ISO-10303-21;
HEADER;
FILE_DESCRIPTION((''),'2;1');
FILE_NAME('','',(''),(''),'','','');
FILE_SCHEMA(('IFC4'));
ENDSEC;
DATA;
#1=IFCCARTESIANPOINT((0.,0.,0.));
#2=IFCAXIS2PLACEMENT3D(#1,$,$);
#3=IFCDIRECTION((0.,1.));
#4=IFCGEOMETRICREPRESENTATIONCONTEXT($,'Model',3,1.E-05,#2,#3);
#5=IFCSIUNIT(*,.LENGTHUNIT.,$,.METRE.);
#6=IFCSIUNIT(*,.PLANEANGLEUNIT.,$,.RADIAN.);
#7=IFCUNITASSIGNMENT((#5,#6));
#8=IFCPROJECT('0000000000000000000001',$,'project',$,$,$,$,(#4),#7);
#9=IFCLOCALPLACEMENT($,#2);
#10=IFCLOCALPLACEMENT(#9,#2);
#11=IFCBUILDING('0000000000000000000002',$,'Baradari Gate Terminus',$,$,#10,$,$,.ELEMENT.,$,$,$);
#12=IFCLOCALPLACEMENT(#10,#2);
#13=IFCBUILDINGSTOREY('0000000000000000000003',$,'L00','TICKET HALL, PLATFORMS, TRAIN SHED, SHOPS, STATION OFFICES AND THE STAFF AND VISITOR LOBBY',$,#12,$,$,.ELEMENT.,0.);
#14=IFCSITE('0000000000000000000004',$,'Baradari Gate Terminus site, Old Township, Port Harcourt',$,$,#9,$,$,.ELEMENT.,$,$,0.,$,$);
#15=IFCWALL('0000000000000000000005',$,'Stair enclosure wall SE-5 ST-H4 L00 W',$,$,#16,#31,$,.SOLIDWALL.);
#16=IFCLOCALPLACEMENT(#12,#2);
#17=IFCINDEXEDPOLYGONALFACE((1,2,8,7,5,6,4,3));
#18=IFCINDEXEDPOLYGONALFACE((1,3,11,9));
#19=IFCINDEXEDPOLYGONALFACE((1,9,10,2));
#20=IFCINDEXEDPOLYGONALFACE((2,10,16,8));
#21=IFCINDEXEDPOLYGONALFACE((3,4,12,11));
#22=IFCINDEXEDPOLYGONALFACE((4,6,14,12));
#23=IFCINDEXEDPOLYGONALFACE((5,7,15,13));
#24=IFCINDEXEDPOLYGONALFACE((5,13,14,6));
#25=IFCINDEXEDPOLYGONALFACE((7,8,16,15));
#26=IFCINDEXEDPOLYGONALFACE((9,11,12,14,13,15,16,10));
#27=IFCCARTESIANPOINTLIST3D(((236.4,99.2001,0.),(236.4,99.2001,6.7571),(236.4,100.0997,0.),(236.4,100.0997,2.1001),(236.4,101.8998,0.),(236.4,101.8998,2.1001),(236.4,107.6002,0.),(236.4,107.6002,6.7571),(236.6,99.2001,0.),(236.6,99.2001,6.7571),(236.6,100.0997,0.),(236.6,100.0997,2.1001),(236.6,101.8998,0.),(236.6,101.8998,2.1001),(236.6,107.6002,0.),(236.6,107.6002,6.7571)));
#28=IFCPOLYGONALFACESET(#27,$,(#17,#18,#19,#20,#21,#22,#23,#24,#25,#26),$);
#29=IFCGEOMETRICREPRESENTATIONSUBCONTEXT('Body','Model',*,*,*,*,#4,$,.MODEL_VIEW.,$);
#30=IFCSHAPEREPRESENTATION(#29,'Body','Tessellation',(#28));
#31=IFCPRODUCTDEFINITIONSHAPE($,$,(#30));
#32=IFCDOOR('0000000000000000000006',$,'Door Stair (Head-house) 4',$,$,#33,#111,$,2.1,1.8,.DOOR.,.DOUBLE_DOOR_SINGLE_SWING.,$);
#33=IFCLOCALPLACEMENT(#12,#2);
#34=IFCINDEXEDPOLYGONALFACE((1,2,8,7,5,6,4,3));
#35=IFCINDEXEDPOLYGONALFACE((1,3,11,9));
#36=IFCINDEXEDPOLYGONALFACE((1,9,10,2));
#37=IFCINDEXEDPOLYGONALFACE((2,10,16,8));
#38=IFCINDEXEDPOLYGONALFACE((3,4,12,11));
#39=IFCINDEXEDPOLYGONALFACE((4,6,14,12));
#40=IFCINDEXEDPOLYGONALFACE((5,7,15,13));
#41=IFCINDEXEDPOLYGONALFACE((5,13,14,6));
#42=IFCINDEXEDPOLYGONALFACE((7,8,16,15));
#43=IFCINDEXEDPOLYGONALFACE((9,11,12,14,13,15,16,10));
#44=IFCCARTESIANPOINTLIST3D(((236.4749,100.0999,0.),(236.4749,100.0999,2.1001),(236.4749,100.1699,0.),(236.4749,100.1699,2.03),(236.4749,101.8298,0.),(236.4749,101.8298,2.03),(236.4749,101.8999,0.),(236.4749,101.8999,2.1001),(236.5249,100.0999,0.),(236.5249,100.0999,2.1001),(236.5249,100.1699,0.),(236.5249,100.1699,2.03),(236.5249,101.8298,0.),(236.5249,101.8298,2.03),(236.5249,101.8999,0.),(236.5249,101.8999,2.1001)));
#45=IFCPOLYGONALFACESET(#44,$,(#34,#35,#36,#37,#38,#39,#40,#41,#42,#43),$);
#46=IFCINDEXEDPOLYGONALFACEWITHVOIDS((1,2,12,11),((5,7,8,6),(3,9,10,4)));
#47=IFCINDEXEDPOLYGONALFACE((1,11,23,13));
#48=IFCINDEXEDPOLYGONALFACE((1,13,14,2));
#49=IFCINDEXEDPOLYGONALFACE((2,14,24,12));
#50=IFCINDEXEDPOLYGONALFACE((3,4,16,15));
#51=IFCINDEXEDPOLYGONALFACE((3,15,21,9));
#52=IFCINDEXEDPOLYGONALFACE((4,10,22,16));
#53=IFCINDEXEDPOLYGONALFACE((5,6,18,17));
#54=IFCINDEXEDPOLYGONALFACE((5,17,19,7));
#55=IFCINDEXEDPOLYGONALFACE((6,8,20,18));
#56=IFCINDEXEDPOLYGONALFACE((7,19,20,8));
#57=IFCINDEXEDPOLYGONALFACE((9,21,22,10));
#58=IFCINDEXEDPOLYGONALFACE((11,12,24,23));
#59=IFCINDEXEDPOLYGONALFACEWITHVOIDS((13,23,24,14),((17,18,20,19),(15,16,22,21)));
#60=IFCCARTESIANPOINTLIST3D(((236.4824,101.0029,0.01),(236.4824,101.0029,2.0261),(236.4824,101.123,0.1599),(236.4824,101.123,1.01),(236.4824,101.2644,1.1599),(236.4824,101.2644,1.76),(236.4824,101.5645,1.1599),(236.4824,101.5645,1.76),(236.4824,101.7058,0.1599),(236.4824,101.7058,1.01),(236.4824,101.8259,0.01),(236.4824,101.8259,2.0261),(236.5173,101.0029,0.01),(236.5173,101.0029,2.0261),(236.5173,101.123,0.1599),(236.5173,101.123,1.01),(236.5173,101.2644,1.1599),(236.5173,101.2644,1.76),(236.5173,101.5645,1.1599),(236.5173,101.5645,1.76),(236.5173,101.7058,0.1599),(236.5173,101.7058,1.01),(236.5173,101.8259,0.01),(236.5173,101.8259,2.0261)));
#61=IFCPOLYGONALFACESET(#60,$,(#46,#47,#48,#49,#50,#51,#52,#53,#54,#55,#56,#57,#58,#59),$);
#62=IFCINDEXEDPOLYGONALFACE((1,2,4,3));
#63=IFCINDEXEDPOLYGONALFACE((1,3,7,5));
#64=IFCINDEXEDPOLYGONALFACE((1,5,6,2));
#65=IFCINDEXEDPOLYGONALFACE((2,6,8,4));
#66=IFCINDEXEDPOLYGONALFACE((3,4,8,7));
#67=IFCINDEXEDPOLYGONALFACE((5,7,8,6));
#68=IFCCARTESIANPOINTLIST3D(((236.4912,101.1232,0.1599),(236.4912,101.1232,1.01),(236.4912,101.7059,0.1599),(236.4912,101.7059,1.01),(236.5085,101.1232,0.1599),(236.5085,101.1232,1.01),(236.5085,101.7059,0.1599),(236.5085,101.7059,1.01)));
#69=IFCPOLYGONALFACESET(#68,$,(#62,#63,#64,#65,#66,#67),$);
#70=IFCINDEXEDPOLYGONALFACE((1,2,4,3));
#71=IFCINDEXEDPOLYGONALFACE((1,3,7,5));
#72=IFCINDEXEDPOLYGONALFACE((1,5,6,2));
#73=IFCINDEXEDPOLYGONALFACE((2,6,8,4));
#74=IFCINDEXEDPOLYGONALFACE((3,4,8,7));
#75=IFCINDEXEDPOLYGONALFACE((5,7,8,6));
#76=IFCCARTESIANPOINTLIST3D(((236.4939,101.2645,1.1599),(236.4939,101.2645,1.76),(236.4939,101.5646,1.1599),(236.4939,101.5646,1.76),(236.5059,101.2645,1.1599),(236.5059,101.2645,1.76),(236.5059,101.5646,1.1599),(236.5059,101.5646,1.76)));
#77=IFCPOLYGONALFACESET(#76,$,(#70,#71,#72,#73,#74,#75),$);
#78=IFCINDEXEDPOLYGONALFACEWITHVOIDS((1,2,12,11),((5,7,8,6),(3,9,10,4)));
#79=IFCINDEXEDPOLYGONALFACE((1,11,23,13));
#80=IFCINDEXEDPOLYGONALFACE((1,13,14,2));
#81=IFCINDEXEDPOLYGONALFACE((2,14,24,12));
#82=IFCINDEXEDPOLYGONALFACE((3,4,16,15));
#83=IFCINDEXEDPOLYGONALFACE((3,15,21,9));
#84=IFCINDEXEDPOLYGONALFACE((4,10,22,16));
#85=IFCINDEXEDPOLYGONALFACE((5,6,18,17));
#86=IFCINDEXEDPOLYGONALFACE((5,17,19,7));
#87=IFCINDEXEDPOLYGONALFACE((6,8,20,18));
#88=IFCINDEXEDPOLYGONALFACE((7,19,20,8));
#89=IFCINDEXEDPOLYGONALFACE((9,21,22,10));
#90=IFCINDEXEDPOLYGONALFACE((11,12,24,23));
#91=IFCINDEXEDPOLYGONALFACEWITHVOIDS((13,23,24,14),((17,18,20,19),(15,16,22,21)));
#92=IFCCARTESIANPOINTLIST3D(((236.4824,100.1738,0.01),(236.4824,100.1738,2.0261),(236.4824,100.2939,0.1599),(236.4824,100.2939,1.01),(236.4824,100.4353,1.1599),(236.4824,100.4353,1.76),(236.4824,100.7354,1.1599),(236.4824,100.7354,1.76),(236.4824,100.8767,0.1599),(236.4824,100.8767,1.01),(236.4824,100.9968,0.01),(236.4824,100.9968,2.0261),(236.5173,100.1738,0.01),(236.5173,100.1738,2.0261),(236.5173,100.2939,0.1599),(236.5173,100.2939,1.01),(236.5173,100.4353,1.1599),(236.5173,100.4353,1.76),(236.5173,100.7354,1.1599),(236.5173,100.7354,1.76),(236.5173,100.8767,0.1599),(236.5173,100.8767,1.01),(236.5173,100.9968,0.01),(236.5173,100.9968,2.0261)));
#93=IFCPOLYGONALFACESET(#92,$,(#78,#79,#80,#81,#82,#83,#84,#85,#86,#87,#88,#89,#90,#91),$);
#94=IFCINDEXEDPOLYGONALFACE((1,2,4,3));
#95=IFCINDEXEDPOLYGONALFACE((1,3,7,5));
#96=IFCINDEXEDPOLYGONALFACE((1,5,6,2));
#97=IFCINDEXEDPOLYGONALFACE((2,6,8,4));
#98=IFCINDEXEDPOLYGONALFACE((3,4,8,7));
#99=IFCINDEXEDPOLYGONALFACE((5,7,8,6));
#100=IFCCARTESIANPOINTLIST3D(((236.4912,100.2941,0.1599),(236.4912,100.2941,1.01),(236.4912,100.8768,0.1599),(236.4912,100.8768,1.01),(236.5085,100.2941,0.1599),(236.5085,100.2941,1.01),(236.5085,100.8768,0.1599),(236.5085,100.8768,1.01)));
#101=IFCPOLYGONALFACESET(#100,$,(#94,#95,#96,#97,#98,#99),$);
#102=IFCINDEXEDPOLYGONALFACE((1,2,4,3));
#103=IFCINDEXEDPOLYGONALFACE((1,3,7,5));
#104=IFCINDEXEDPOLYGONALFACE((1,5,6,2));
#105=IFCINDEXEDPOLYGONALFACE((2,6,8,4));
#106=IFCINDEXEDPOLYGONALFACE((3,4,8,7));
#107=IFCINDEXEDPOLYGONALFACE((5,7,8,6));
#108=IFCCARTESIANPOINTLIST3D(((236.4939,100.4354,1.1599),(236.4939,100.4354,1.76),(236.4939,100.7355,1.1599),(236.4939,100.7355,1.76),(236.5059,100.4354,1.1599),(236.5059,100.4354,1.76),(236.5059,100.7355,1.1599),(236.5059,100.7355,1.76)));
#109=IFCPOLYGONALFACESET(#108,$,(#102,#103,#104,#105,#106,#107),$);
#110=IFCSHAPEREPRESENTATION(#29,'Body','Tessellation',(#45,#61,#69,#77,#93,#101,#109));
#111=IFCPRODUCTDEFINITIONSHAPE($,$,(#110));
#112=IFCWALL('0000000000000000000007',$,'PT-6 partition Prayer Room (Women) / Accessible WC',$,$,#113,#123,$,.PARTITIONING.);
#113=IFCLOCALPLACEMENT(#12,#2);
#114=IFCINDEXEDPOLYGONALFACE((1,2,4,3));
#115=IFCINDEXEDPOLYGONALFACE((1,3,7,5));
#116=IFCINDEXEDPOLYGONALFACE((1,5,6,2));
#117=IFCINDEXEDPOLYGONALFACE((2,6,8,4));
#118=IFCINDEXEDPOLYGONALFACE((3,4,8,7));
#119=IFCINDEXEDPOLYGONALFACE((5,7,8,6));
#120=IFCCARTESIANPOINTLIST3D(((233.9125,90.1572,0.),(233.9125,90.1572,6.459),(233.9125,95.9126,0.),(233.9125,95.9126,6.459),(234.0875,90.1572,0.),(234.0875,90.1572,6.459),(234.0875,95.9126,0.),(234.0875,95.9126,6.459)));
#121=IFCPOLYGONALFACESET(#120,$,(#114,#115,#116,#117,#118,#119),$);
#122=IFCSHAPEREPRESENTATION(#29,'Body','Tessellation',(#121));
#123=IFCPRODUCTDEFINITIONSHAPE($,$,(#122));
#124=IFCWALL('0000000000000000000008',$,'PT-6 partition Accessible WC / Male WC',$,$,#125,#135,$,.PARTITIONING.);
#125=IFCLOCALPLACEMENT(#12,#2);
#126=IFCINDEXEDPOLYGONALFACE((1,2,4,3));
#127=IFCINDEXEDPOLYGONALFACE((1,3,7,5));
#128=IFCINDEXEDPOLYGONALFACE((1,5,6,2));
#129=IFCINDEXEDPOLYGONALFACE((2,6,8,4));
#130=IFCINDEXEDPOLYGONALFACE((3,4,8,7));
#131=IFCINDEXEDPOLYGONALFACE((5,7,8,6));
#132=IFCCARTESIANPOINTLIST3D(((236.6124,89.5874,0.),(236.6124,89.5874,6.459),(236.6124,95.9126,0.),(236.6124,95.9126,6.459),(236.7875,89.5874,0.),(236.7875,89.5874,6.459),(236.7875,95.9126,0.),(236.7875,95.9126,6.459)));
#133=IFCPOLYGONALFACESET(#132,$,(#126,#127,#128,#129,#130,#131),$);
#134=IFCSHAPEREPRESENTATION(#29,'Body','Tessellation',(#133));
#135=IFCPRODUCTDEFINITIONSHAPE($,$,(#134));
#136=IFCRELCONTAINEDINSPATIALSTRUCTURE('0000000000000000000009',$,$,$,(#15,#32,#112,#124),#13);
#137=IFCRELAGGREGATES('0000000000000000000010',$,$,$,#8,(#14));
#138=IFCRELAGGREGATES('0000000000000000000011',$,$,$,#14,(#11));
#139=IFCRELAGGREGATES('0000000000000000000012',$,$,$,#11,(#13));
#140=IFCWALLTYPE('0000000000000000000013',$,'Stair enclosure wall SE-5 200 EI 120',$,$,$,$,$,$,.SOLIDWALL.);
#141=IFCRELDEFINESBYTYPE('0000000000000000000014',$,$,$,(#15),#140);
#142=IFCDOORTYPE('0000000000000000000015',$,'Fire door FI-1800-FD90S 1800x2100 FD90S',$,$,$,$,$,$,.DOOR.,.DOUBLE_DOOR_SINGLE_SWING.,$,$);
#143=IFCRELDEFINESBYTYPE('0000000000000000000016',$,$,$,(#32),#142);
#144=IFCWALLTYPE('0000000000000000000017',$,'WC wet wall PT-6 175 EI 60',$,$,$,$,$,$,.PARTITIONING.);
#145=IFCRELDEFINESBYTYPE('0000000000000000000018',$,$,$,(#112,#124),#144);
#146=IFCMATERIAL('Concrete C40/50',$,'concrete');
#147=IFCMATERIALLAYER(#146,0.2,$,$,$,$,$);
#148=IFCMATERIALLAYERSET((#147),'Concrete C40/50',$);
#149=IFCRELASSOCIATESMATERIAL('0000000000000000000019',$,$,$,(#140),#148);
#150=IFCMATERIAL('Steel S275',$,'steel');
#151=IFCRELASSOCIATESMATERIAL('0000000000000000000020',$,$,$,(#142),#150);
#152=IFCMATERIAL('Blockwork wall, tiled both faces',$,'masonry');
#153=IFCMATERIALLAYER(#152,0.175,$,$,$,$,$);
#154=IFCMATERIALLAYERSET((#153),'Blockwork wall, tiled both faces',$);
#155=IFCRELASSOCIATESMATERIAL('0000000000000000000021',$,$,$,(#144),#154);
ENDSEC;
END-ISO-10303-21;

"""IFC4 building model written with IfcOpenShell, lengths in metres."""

from ifc_helpers import new_model, si_unit, direction, frame, frame_2d, origin, place, context, subcontext, project, spatial, polyline, rectangle, outline, extrude, material, layer, layer_set, type_object, element, fill, save


model = new_model("IFC4")

# Units and contexts
model_context = context("Model", 3, precision=1e-05, world=origin(), true_north=direction((0.0, 1.0)))
body_context = subcontext(model_context, "Body", "Model", "MODEL_VIEW")
ifc_project = project(units=[si_unit("LENGTHUNIT", "METRE"), si_unit("PLANEANGLEUNIT", "RADIAN")], contexts=[model_context])

# Site, building, storey
site_placement = place(None, origin())
site = spatial("IfcSite", under=ifc_project, at=site_placement, Name="Baradari Gate Terminus site, Old Township, Port Harcourt", CompositionType="ELEMENT", RefElevation=0.0)
building_placement = place(site_placement, origin())
building = spatial("IfcBuilding", under=site, at=building_placement, Name="Baradari Gate Terminus", CompositionType="ELEMENT")
storey_placement = place(building_placement, origin())
storey = spatial("IfcBuildingStorey", under=building, at=storey_placement, Name="L00", Description="TICKET HALL, PLATFORMS, TRAIN SHED, SHOPS, STATION OFFICES AND THE STAFF AND VISITOR LOBBY", CompositionType="ELEMENT", Elevation=0.0)

# Wall, opening, door
ifc_material_1 = material(Name="Concrete C40/50", Category="concrete")
ifc_layer_1 = layer(ifc_material_1, 0.2)
ifc_layer_set_1 = layer_set([ifc_layer_1], Name="Concrete C40/50")
wall_type_1 = type_object("IfcWallType", Name="Stair enclosure wall SE-5 200 EI 120", PredefinedType="SOLIDWALL", material=ifc_layer_set_1)
ifc_material_2 = material(Name="Steel S275", Category="steel")
door_type = type_object("IfcDoorType", Name="Fire door FI-1800-FD90S 1800x2100 FD90S", OperationType="DOUBLE_DOOR_SINGLE_SWING", PredefinedType="DOOR", material=ifc_material_2)
wall_1_placement = place(storey_placement, frame((236.5, 99.2, 0.0), z_axis=(0.0, 0.0, 1.0), x_axis=(0.0, 1.0, 0.0)))
wall_1 = element("IfcWall", 1, at=wall_1_placement, inside=storey, type_object=wall_type_1, Name="Stair enclosure wall SE-5 ST-H4 L00 W", PredefinedType="SOLIDWALL", context=body_context, shape_type="SweptSolid", body=[
    extrude(rectangle(XDim=8.4001, YDim=0.2, at=frame_2d((4.2002, 0.0))), origin(), (0.0, 0.0, 1.0), 6.7571),
])
opening_1_placement = place(wall_1_placement, frame((0.8999, 0.0, 0.0)))
opening_1 = element("IfcOpeningElement", 2, at=opening_1_placement, cuts=wall_1, PredefinedType="OPENING", context=body_context, shape_type="SweptSolid", body=[
    extrude(rectangle(XDim=1.8, YDim=2.1001, at=frame_2d((0.8999, 1.05))), frame((0.0, 0.1099, 0.0), z_axis=(0.0, -1.0, 0.0), x_axis=(1.0, 0.0, 0.0)), (0.0, 0.0, 1.0), 0.22),
])
door_1_placement = place(opening_1_placement, frame((1.8, 0.0, 0.0), z_axis=(0.0, 0.0, 1.0), x_axis=(-1.0, 0.0, 0.0)))
door_1 = element("IfcDoor", 3, at=door_1_placement, inside=storey, type_object=door_type, Name="Door Stair (Head-house) 4", OperationType="DOUBLE_DOOR_SINGLE_SWING", OverallHeight=2.1, OverallWidth=1.8, PredefinedType="DOOR", context=body_context, shape_type="SweptSolid", body=[
    extrude(outline(polyline([(0.0, 0.0), (0.0701, 0.0), (0.0701, 2.03), (1.73, 2.03), (1.73, 0.0), (1.8, 0.0), (1.8, 2.1001), (0.0, 2.1001), (0.0, 0.0)])), frame((0.0, 0.0249, 0.0), z_axis=(0.0, -1.0, 0.0), x_axis=(1.0, 0.0, 0.0)), (0.0, 0.0, 1.0), 0.05),
    extrude(outline(polyline([(0.074, 0.01), (0.897, 0.01), (0.897, 2.0261), (0.074, 2.0261), (0.074, 0.01)]), holes=[polyline([(0.1941, 0.1599), (0.7769, 0.1599), (0.7769, 1.01), (0.1941, 1.01), (0.1941, 0.1599)]), polyline([(0.3354, 1.1599), (0.6355, 1.1599), (0.6355, 1.76), (0.3354, 1.76), (0.3354, 1.1599)])]), frame((0.0, 0.0173, 0.0), z_axis=(0.0, -1.0, 0.0), x_axis=(1.0, 0.0, 0.0)), (0.0, 0.0, 1.0), 0.0349),
    extrude(rectangle(XDim=0.5828, YDim=0.8501, at=frame_2d((0.4854, 0.585))), frame((0.0, 0.0085, 0.0), z_axis=(0.0, -1.0, 0.0), x_axis=(1.0, 0.0, 0.0)), (0.0, 0.0, 1.0), 0.0173),
    extrude(rectangle(XDim=0.3, YDim=0.6001, at=frame_2d((0.4854, 1.46))), frame((0.0, 0.0059, 0.0), z_axis=(0.0, -1.0, 0.0), x_axis=(1.0, 0.0, 0.0)), (0.0, 0.0, 1.0), 0.012),
    extrude(outline(polyline([(0.9031, 0.01), (1.7261, 0.01), (1.7261, 2.0261), (0.9031, 2.0261), (0.9031, 0.01)]), holes=[polyline([(1.0232, 0.1599), (1.606, 0.1599), (1.606, 1.01), (1.0232, 1.01), (1.0232, 0.1599)]), polyline([(1.1646, 1.1599), (1.4646, 1.1599), (1.4646, 1.76), (1.1646, 1.76), (1.1646, 1.1599)])]), frame((0.0, 0.0173, 0.0), z_axis=(0.0, -1.0, 0.0), x_axis=(1.0, 0.0, 0.0)), (0.0, 0.0, 1.0), 0.0349),
    extrude(rectangle(XDim=0.5828, YDim=0.8501, at=frame_2d((1.3145, 0.585))), frame((0.0, 0.0085, 0.0), z_axis=(0.0, -1.0, 0.0), x_axis=(1.0, 0.0, 0.0)), (0.0, 0.0, 1.0), 0.0173),
    extrude(rectangle(XDim=0.3, YDim=0.6001, at=frame_2d((1.3145, 1.46))), frame((0.0, 0.0059, 0.0), z_axis=(0.0, -1.0, 0.0), x_axis=(1.0, 0.0, 0.0)), (0.0, 0.0, 1.0), 0.012),
])
fill(opening_1, door_1)

# Walls
ifc_material_3 = material(Name="Blockwork wall, tiled both faces", Category="masonry")
ifc_layer_2 = layer(ifc_material_3, 0.175)
ifc_layer_set_2 = layer_set([ifc_layer_2], Name="Blockwork wall, tiled both faces")
wall_type_2 = type_object("IfcWallType", Name="WC wet wall PT-6 175 EI 60", PredefinedType="PARTITIONING", material=ifc_layer_set_2)
wall_2_placement = place(storey_placement, frame((234.0, 95.9126, 0.0), z_axis=(0.0, 0.0, 1.0), x_axis=(0.0, -1.0, 0.0)))
element("IfcWall", 4, at=wall_2_placement, inside=storey, type_object=wall_type_2, Name="PT-6 partition Prayer Room (Women) / Accessible WC", PredefinedType="PARTITIONING", context=body_context, shape_type="SweptSolid", body=[
    extrude(rectangle(XDim=5.7554, YDim=0.175, at=frame_2d((2.8777, 0.0))), origin(), (0.0, 0.0, 1.0), 6.459),
])
wall_3_placement = place(storey_placement, frame((236.7, 95.9126, 0.0), z_axis=(0.0, 0.0, 1.0), x_axis=(0.0, -1.0, 0.0)))
element("IfcWall", 5, at=wall_3_placement, inside=storey, type_object=wall_type_2, Name="PT-6 partition Accessible WC / Male WC", PredefinedType="PARTITIONING", context=body_context, shape_type="SweptSolid", body=[
    extrude(rectangle(XDim=6.3252, YDim=0.175, at=frame_2d((3.1626, 0.0))), origin(), (0.0, 0.0, 1.0), 6.459),
])

save(model, "model.ifc")
